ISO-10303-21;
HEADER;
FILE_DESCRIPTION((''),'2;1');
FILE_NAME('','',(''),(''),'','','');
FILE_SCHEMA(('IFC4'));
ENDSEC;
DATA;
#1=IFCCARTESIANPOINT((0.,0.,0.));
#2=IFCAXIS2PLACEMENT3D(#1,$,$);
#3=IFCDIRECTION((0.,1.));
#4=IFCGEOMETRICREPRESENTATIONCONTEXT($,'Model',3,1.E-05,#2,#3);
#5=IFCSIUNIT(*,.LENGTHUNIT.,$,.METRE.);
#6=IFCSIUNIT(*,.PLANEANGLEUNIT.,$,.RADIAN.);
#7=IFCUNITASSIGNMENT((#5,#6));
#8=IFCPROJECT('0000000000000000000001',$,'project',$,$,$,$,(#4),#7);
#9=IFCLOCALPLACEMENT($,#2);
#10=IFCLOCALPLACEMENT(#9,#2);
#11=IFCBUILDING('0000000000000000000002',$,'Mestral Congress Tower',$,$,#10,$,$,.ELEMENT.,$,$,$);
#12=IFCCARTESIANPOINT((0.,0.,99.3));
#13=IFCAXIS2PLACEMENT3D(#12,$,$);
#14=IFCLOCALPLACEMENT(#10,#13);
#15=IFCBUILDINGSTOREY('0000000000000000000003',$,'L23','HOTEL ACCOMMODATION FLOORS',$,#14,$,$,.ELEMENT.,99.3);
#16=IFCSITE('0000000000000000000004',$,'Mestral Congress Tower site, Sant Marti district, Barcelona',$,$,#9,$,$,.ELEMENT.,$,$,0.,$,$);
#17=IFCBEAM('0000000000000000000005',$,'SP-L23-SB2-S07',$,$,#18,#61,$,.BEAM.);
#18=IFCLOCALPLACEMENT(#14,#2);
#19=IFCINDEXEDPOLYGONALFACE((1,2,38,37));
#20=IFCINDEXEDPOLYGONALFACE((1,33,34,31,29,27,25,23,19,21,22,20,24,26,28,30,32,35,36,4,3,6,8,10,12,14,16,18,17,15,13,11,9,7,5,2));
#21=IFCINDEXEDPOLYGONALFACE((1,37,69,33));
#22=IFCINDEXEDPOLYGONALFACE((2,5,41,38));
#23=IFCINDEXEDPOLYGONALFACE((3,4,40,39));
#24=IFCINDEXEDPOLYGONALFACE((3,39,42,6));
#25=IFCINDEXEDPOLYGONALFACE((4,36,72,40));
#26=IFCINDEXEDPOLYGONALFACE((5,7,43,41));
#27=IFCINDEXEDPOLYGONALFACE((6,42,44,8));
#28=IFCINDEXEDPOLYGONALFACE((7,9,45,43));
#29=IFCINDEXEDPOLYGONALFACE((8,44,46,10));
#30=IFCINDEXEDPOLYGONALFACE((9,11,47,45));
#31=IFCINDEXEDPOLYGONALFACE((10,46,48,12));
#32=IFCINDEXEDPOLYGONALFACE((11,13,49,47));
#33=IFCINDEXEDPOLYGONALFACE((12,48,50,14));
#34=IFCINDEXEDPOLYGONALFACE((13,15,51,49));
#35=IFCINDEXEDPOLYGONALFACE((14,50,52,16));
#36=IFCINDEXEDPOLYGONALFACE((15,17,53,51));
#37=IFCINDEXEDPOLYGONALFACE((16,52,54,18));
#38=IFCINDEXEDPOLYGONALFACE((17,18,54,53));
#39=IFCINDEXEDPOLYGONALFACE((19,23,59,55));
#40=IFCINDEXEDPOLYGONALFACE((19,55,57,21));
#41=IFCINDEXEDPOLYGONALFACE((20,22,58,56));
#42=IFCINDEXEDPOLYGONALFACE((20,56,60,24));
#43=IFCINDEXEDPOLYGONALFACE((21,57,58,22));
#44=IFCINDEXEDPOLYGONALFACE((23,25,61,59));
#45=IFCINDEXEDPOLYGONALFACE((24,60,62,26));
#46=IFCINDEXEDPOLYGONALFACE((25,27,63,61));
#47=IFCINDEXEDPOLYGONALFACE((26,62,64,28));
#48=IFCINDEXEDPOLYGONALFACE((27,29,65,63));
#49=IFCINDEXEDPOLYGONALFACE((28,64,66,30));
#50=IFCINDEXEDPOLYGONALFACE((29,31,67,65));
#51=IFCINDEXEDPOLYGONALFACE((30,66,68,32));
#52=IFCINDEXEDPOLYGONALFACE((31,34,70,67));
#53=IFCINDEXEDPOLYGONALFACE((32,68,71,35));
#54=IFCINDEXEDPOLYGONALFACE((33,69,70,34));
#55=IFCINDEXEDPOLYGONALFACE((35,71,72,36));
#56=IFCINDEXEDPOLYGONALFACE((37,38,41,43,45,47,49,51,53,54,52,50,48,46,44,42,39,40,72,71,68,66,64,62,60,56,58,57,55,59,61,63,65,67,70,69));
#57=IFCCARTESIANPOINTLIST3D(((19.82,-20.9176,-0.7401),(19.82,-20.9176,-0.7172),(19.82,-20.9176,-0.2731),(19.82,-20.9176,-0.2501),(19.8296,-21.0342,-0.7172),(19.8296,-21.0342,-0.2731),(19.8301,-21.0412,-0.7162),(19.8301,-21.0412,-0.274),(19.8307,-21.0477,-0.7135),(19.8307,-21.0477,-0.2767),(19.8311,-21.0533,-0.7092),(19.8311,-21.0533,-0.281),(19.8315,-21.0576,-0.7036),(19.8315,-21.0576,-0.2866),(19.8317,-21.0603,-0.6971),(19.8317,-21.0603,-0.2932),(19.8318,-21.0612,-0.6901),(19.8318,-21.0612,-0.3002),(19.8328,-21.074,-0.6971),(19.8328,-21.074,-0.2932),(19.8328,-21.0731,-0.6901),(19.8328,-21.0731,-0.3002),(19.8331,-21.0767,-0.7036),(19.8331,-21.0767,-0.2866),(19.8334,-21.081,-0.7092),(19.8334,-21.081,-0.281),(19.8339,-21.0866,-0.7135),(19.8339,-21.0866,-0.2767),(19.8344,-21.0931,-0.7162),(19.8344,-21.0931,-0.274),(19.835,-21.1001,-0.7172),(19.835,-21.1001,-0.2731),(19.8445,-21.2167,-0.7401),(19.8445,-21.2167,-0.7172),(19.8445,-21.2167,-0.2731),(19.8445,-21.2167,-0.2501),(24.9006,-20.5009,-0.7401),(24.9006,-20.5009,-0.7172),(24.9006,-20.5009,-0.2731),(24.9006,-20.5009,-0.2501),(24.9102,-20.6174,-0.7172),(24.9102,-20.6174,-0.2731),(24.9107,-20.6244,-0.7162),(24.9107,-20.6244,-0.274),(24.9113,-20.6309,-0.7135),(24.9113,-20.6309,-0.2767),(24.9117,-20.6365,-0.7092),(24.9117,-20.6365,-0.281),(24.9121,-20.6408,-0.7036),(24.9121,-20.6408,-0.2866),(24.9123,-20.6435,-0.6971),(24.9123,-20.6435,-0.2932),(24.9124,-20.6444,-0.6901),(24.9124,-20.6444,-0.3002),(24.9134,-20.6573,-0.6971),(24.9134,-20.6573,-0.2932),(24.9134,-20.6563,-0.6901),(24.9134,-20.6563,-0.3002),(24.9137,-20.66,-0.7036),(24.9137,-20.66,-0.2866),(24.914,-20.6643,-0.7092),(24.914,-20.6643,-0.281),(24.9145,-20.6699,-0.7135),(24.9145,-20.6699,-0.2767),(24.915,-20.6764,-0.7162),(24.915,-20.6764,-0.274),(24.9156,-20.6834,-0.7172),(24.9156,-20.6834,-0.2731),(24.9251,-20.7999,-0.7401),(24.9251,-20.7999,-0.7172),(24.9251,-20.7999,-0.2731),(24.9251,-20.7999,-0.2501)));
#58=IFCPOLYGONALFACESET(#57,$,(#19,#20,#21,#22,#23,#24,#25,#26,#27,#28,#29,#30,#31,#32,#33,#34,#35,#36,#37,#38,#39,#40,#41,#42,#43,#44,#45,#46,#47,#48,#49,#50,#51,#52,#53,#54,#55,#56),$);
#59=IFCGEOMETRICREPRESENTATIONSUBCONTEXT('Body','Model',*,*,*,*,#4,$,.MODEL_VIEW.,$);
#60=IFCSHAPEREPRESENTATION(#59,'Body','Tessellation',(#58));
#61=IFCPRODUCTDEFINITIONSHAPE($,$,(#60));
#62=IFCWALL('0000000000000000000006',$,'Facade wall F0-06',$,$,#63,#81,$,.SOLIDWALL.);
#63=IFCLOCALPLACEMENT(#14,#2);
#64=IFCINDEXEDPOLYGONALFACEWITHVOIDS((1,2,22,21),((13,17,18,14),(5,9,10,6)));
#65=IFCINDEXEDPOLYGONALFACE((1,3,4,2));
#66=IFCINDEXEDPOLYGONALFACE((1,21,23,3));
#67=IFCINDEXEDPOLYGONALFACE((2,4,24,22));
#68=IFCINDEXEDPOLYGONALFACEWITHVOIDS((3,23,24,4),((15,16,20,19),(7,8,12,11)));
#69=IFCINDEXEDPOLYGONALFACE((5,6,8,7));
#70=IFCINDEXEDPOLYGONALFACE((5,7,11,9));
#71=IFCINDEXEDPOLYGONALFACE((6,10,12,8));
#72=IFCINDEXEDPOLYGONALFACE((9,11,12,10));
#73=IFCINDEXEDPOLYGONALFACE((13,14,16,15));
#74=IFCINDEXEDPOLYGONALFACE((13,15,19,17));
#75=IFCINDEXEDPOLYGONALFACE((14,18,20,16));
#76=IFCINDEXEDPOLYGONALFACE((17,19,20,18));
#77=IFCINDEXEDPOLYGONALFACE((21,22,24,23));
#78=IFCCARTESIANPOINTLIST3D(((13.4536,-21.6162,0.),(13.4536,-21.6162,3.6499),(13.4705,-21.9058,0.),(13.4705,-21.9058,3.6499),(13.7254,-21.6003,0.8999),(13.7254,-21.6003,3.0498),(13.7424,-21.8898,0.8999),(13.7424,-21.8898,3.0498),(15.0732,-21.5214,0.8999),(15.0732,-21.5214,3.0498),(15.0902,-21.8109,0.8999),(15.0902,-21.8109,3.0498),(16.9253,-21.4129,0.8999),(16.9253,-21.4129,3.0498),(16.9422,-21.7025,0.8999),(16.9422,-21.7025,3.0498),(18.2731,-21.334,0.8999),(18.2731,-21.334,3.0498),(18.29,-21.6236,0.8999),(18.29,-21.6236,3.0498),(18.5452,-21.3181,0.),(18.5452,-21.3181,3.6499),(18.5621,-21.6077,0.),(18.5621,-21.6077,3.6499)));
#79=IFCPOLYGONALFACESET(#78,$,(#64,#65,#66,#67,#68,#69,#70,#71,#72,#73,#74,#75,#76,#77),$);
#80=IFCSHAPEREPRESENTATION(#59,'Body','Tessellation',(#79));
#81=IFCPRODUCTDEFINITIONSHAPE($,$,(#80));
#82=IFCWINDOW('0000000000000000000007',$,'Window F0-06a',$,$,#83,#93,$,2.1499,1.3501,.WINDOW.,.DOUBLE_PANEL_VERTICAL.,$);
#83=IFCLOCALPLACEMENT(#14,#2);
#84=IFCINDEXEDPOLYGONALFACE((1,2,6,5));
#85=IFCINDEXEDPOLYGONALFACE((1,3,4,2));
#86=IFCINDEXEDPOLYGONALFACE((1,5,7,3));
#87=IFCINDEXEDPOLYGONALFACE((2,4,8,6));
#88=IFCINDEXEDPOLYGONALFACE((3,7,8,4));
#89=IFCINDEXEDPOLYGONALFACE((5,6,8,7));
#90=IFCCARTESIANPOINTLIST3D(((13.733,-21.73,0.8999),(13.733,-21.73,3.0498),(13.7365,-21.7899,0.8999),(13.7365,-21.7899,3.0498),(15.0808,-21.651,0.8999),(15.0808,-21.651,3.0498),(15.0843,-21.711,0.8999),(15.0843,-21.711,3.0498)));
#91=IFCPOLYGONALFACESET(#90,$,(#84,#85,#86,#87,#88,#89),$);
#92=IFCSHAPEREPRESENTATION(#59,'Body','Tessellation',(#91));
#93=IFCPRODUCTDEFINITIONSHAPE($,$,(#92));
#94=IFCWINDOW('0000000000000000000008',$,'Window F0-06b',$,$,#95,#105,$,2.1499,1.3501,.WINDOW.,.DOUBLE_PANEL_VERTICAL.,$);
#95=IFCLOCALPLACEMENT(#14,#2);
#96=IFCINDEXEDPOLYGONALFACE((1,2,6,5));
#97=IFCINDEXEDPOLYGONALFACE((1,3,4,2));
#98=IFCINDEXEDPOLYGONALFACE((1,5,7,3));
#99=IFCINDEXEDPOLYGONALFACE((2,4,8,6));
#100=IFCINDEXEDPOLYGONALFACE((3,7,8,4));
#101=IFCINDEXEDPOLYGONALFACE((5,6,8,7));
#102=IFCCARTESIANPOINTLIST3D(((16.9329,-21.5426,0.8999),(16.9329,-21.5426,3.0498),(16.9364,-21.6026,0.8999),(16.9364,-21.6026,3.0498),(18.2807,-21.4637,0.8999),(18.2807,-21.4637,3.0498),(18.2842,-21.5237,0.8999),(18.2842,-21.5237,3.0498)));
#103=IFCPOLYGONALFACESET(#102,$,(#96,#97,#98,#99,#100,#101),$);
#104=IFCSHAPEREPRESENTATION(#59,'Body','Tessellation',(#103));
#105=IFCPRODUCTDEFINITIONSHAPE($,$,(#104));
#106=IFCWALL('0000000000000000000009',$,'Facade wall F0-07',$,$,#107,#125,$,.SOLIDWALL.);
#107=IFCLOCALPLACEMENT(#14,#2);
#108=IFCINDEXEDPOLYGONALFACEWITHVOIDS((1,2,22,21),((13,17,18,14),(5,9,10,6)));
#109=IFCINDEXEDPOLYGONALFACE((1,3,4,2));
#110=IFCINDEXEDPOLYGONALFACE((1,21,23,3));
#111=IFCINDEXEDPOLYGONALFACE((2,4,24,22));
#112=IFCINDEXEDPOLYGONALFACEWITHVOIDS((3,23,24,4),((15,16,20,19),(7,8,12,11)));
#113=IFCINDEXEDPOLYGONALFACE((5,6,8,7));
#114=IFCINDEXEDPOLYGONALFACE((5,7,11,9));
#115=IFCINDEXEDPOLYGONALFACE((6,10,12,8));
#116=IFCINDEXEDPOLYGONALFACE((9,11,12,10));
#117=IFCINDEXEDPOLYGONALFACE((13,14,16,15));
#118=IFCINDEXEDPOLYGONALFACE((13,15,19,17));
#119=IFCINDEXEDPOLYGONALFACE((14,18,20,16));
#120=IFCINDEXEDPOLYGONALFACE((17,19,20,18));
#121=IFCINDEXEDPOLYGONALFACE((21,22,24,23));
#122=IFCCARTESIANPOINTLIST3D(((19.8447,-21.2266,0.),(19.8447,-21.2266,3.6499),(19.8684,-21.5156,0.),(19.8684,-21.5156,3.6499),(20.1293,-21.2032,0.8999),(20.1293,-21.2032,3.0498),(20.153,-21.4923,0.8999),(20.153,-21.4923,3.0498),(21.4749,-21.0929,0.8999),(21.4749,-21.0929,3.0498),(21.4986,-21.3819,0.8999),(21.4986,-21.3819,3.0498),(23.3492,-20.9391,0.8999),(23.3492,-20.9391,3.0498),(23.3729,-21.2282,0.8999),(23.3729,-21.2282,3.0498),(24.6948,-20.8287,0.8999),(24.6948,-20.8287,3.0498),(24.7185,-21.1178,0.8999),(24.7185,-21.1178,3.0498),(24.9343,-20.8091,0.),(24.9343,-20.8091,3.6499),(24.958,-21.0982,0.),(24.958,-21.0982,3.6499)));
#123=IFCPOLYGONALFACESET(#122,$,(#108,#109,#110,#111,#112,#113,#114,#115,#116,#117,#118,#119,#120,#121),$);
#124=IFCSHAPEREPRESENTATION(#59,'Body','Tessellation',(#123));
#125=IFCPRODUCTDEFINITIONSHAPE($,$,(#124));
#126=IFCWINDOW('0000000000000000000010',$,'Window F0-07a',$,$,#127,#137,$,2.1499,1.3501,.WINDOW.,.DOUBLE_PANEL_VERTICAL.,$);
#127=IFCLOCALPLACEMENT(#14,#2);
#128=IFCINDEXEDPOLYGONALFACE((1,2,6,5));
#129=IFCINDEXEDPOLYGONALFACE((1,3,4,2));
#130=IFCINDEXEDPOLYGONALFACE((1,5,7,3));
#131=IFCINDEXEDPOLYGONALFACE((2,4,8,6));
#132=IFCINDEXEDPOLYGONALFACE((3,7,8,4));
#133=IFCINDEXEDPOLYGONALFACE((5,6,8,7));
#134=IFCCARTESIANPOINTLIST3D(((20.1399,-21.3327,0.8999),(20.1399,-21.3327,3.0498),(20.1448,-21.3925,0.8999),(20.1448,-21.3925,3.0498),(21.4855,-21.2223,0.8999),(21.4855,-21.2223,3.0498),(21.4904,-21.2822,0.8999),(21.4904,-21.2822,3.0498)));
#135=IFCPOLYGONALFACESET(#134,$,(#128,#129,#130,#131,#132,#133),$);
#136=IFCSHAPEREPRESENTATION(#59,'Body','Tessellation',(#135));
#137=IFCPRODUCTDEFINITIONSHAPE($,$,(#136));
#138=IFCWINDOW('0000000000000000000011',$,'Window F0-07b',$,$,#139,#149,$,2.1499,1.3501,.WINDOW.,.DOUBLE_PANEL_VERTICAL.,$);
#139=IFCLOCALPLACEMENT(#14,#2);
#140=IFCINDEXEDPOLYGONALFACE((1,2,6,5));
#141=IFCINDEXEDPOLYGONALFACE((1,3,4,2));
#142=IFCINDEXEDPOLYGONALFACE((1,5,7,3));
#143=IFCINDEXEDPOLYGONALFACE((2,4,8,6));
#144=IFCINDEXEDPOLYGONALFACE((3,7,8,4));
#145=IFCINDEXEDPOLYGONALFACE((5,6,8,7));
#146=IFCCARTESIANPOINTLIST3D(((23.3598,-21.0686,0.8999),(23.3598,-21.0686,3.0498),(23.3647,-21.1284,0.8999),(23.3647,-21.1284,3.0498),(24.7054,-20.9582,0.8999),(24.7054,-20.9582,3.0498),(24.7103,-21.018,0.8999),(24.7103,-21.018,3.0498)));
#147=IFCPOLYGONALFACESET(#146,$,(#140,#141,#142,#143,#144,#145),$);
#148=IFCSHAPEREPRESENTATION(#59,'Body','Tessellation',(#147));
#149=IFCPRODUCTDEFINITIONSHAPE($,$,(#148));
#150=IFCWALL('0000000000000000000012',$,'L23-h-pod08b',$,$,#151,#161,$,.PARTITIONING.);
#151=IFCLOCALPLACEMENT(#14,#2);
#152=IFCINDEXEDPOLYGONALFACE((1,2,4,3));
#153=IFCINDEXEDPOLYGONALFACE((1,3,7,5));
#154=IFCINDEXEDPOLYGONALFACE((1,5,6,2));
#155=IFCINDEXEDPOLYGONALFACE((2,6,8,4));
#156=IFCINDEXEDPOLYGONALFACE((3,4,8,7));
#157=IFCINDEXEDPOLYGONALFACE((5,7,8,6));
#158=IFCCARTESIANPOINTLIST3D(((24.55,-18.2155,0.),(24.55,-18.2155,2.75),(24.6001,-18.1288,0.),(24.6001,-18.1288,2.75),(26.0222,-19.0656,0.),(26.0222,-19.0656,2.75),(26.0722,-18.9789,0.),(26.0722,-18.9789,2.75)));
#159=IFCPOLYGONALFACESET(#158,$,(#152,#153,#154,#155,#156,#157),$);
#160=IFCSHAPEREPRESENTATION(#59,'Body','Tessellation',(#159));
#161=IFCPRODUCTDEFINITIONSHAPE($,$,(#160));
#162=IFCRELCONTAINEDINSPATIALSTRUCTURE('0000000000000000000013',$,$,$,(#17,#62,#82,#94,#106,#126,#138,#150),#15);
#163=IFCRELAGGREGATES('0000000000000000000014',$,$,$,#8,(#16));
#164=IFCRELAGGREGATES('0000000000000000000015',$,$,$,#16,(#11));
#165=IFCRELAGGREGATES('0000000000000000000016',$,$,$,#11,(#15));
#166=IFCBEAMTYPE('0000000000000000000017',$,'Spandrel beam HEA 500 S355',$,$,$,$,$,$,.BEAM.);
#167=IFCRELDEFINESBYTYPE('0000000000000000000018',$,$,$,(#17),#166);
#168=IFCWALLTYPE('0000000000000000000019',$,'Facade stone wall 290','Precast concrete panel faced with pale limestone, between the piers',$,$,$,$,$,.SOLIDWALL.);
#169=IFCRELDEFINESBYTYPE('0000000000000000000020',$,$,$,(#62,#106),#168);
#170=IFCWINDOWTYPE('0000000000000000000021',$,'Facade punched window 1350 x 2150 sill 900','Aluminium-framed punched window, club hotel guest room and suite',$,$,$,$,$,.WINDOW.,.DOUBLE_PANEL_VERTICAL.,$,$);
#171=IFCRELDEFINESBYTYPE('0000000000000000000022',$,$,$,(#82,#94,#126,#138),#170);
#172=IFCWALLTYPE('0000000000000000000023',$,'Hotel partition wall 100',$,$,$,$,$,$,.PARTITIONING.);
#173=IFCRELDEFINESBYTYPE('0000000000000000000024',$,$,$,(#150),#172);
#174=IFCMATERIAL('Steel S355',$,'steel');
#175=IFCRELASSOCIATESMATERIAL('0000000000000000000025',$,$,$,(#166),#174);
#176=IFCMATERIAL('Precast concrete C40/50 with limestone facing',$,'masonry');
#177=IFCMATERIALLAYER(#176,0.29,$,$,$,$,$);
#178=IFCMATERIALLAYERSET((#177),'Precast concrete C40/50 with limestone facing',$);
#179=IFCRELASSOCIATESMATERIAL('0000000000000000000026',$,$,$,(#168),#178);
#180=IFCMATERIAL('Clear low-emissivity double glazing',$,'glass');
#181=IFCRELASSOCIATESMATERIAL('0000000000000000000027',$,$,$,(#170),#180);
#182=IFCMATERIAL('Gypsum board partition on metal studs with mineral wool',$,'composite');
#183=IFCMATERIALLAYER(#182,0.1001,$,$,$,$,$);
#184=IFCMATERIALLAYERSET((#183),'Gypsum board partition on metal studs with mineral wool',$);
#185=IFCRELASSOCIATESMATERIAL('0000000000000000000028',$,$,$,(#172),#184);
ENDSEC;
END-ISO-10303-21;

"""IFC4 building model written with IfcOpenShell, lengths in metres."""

from ifc_helpers import new_model, si_unit, direction, frame, frame_2d, origin, origin_2d, place, context, subcontext, project, spatial, rectangle, i_section, extrude, material, layer, layer_set, material_profile, profile_set, type_object, element, fill, save


model = new_model("IFC4")

# Units and contexts
model_context = context("Model", 3, precision=1e-05, world=origin(), true_north=direction((0.0, 1.0)))
body_context = subcontext(model_context, "Body", "Model", "MODEL_VIEW")
ifc_project = project(units=[si_unit("LENGTHUNIT", "METRE"), si_unit("PLANEANGLEUNIT", "RADIAN")], contexts=[model_context])

# Site, building, storey
site_placement = place(None, origin())
site = spatial("IfcSite", under=ifc_project, at=site_placement, Name="Mestral Congress Tower site, Sant Marti district, Barcelona", CompositionType="ELEMENT", RefElevation=0.0)
building_placement = place(site_placement, origin())
building = spatial("IfcBuilding", under=site, at=building_placement, Name="Mestral Congress Tower", CompositionType="ELEMENT")
storey_placement = place(building_placement, frame((0.0, 0.0, 99.3)))
storey = spatial("IfcBuildingStorey", under=building, at=storey_placement, Name="L23", Description="HOTEL ACCOMMODATION FLOORS", CompositionType="ELEMENT", Elevation=99.3)

# Beam
ifc_material_1 = material(Name="Steel S355", Category="steel")
ifc_material_profile_1 = material_profile(ifc_material_1, i_section(OverallWidth=0.3, OverallDepth=0.49, WebThickness=0.012, FlangeThickness=0.0229, FilletRadius=0.0271, at=origin_2d()), Name="HEA 500")
ifc_profile_set_1 = profile_set([ifc_material_profile_1], Name="Steel S355")
beam_type_1 = type_object("IfcBeamType", Name="Spandrel beam HEA 500 S355", PredefinedType="BEAM", material=ifc_profile_set_1)
beam_1_placement = place(storey_placement, frame((19.8323, -21.0671, -0.4951), z_axis=(0.996653, 0.081753, 0.0), x_axis=(-0.081753, 0.996653, 0.0)))
element("IfcBeam", 1, at=beam_1_placement, inside=storey, type_object=beam_type_1, Name="SP-L23-SB2-S07", PredefinedType="BEAM", context=body_context, shape_type="SweptSolid", body=[
    extrude(i_section(OverallWidth=0.3, OverallDepth=0.49, WebThickness=0.012, FlangeThickness=0.0229, FilletRadius=0.0271, at=origin_2d()), origin(), (0.0, 0.0, 1.0), 5.0977),
])

# Walls, openings, windows
ifc_material_2 = material(Name="Precast concrete C40/50 with limestone facing", Category="masonry")
ifc_layer_1 = layer(ifc_material_2, 0.29)
ifc_layer_set_1 = layer_set([ifc_layer_1], Name="Precast concrete C40/50 with limestone facing")
wall_type_1 = type_object("IfcWallType", Name="Facade stone wall 290", Description="Precast concrete panel faced with pale limestone, between the piers", PredefinedType="SOLIDWALL", material=ifc_layer_set_1)
wall_1_placement = place(storey_placement, frame((13.4619, -21.761, 0.0), z_axis=(0.0, 0.0, 1.0), x_axis=(0.998291, 0.058447, 0.0)))
wall_1 = element("IfcWall", 2, at=wall_1_placement, inside=storey, type_object=wall_type_1, Name="Facade wall F0-06", PredefinedType="SOLIDWALL", context=body_context, shape_type="SweptSolid", body=[
    extrude(rectangle(XDim=5.1003, YDim=0.29, at=frame_2d((2.5503, 0.0))), origin(), (0.0, 0.0, 1.0), 3.6499),
])
opening_1_placement = place(wall_1_placement, frame((0.2725, 0.0, 0.8999)))
opening_1 = element("IfcOpeningElement", 3, at=opening_1_placement, cuts=wall_1, PredefinedType="OPENING", context=body_context, shape_type="SweptSolid", body=[
    extrude(rectangle(XDim=1.3501, YDim=2.1499, at=frame_2d((0.675, 1.075))), frame((0.0, 0.155, 0.0), z_axis=(0.0, -1.0, 0.0), x_axis=(1.0, 0.0, 0.0)), (0.0, 0.0, 1.0), 0.3101),
])
opening_2_placement = place(wall_1_placement, frame((3.4778, 0.0, 0.8999)))
opening_2 = element("IfcOpeningElement", 4, at=opening_2_placement, cuts=wall_1, PredefinedType="OPENING", context=body_context, shape_type="SweptSolid", body=[
    extrude(rectangle(XDim=1.3501, YDim=2.1499, at=frame_2d((0.675, 1.075))), frame((0.0, 0.155, 0.0), z_axis=(0.0, -1.0, 0.0), x_axis=(1.0, 0.0, 0.0)), (0.0, 0.0, 1.0), 0.3101),
])
ifc_material_3 = material(Name="Clear low-emissivity double glazing", Category="glass")
window_type = type_object("IfcWindowType", Name="Facade punched window 1350 x 2150 sill 900", Description="Aluminium-framed punched window, club hotel guest room and suite", PartitioningType="DOUBLE_PANEL_VERTICAL", PredefinedType="WINDOW", material=ifc_material_3)
window_1_placement = place(opening_1_placement, origin())
window_1 = element("IfcWindow", 5, at=window_1_placement, inside=storey, type_object=window_type, Name="Window F0-06a", OverallHeight=2.1499, OverallWidth=1.3501, PartitioningType="DOUBLE_PANEL_VERTICAL", PredefinedType="WINDOW", context=body_context, shape_type="SweptSolid", body=[
    extrude(rectangle(XDim=1.3501, YDim=2.1499, at=frame_2d((0.675, 1.075))), frame((0.0, 0.0151, 0.0), z_axis=(0.0, -1.0, 0.0), x_axis=(1.0, 0.0, 0.0)), (0.0, 0.0, 1.0), 0.0601),
])
fill(opening_1, window_1)
window_2_placement = place(opening_2_placement, origin())
window_2 = element("IfcWindow", 6, at=window_2_placement, inside=storey, type_object=window_type, Name="Window F0-06b", OverallHeight=2.1499, OverallWidth=1.3501, PartitioningType="DOUBLE_PANEL_VERTICAL", PredefinedType="WINDOW", context=body_context, shape_type="SweptSolid", body=[
    extrude(rectangle(XDim=1.3501, YDim=2.1499, at=frame_2d((0.675, 1.075))), frame((0.0, 0.0151, 0.0), z_axis=(0.0, -1.0, 0.0), x_axis=(1.0, 0.0, 0.0)), (0.0, 0.0, 1.0), 0.0601),
])
fill(opening_2, window_2)
wall_2_placement = place(storey_placement, frame((19.8567, -21.3711, 0.0), z_axis=(0.0, 0.0, 1.0), x_axis=(0.996653, 0.081752, 0.0)))
wall_2 = element("IfcWall", 7, at=wall_2_placement, inside=storey, type_object=wall_type_1, Name="Facade wall F0-07", PredefinedType="SOLIDWALL", context=body_context, shape_type="SweptSolid", body=[
    extrude(rectangle(XDim=5.1067, YDim=0.29, at=frame_2d((2.5532, 0.0))), origin(), (0.0, 0.0, 1.0), 3.6499),
])
opening_3_placement = place(wall_2_placement, frame((0.2854, 0.0, 0.8999)))
opening_3 = element("IfcOpeningElement", 8, at=opening_3_placement, cuts=wall_2, PredefinedType="OPENING", context=body_context, shape_type="SweptSolid", body=[
    extrude(rectangle(XDim=1.3501, YDim=2.1499, at=frame_2d((0.675, 1.075))), frame((0.0, 0.155, 0.0), z_axis=(0.0, -1.0, 0.0), x_axis=(1.0, 0.0, 0.0)), (0.0, 0.0, 1.0), 0.3101),
])
opening_4_placement = place(wall_2_placement, frame((3.5161, 0.0, 0.8999)))
opening_4 = element("IfcOpeningElement", 9, at=opening_4_placement, cuts=wall_2, PredefinedType="OPENING", context=body_context, shape_type="SweptSolid", body=[
    extrude(rectangle(XDim=1.3501, YDim=2.1499, at=frame_2d((0.675, 1.075))), frame((0.0, 0.155, 0.0), z_axis=(0.0, -1.0, 0.0), x_axis=(1.0, 0.0, 0.0)), (0.0, 0.0, 1.0), 0.3101),
])
window_3_placement = place(opening_3_placement, origin())
window_3 = element("IfcWindow", 10, at=window_3_placement, inside=storey, type_object=window_type, Name="Window F0-07a", OverallHeight=2.1499, OverallWidth=1.3501, PartitioningType="DOUBLE_PANEL_VERTICAL", PredefinedType="WINDOW", context=body_context, shape_type="SweptSolid", body=[
    extrude(rectangle(XDim=1.3501, YDim=2.1499, at=frame_2d((0.675, 1.075))), frame((0.0, 0.0151, 0.0), z_axis=(0.0, -1.0, 0.0), x_axis=(1.0, 0.0, 0.0)), (0.0, 0.0, 1.0), 0.0601),
])
fill(opening_3, window_3)
window_4_placement = place(opening_4_placement, origin())
window_4 = element("IfcWindow", 11, at=window_4_placement, inside=storey, type_object=window_type, Name="Window F0-07b", OverallHeight=2.1499, OverallWidth=1.3501, PartitioningType="DOUBLE_PANEL_VERTICAL", PredefinedType="WINDOW", context=body_context, shape_type="SweptSolid", body=[
    extrude(rectangle(XDim=1.3501, YDim=2.1499, at=frame_2d((0.675, 1.075))), frame((0.0, 0.0151, 0.0), z_axis=(0.0, -1.0, 0.0), x_axis=(1.0, 0.0, 0.0)), (0.0, 0.0, 1.0), 0.0601),
])
fill(opening_4, window_4)

# Wall
ifc_material_4 = material(Name="Gypsum board partition on metal studs with mineral wool", Category="composite")
ifc_layer_2 = layer(ifc_material_4, 0.1001)
ifc_layer_set_2 = layer_set([ifc_layer_2], Name="Gypsum board partition on metal studs with mineral wool")
wall_type_2 = type_object("IfcWallType", Name="Hotel partition wall 100", PredefinedType="PARTITIONING", material=ifc_layer_set_2)
wall_3_placement = place(storey_placement, frame((24.575, -18.1721, 0.0), z_axis=(0.0, 0.0, 1.0), x_axis=(0.865989, -0.500062, 0.0)))
element("IfcWall", 12, at=wall_3_placement, inside=storey, type_object=wall_type_2, Name="L23-h-pod08b", PredefinedType="PARTITIONING", context=body_context, shape_type="SweptSolid", body=[
    extrude(rectangle(XDim=1.7, YDim=0.1001, at=frame_2d((0.8501, 0.0))), origin(), (0.0, 0.0, 1.0), 2.75),
])

save(model, "model.ifc")
